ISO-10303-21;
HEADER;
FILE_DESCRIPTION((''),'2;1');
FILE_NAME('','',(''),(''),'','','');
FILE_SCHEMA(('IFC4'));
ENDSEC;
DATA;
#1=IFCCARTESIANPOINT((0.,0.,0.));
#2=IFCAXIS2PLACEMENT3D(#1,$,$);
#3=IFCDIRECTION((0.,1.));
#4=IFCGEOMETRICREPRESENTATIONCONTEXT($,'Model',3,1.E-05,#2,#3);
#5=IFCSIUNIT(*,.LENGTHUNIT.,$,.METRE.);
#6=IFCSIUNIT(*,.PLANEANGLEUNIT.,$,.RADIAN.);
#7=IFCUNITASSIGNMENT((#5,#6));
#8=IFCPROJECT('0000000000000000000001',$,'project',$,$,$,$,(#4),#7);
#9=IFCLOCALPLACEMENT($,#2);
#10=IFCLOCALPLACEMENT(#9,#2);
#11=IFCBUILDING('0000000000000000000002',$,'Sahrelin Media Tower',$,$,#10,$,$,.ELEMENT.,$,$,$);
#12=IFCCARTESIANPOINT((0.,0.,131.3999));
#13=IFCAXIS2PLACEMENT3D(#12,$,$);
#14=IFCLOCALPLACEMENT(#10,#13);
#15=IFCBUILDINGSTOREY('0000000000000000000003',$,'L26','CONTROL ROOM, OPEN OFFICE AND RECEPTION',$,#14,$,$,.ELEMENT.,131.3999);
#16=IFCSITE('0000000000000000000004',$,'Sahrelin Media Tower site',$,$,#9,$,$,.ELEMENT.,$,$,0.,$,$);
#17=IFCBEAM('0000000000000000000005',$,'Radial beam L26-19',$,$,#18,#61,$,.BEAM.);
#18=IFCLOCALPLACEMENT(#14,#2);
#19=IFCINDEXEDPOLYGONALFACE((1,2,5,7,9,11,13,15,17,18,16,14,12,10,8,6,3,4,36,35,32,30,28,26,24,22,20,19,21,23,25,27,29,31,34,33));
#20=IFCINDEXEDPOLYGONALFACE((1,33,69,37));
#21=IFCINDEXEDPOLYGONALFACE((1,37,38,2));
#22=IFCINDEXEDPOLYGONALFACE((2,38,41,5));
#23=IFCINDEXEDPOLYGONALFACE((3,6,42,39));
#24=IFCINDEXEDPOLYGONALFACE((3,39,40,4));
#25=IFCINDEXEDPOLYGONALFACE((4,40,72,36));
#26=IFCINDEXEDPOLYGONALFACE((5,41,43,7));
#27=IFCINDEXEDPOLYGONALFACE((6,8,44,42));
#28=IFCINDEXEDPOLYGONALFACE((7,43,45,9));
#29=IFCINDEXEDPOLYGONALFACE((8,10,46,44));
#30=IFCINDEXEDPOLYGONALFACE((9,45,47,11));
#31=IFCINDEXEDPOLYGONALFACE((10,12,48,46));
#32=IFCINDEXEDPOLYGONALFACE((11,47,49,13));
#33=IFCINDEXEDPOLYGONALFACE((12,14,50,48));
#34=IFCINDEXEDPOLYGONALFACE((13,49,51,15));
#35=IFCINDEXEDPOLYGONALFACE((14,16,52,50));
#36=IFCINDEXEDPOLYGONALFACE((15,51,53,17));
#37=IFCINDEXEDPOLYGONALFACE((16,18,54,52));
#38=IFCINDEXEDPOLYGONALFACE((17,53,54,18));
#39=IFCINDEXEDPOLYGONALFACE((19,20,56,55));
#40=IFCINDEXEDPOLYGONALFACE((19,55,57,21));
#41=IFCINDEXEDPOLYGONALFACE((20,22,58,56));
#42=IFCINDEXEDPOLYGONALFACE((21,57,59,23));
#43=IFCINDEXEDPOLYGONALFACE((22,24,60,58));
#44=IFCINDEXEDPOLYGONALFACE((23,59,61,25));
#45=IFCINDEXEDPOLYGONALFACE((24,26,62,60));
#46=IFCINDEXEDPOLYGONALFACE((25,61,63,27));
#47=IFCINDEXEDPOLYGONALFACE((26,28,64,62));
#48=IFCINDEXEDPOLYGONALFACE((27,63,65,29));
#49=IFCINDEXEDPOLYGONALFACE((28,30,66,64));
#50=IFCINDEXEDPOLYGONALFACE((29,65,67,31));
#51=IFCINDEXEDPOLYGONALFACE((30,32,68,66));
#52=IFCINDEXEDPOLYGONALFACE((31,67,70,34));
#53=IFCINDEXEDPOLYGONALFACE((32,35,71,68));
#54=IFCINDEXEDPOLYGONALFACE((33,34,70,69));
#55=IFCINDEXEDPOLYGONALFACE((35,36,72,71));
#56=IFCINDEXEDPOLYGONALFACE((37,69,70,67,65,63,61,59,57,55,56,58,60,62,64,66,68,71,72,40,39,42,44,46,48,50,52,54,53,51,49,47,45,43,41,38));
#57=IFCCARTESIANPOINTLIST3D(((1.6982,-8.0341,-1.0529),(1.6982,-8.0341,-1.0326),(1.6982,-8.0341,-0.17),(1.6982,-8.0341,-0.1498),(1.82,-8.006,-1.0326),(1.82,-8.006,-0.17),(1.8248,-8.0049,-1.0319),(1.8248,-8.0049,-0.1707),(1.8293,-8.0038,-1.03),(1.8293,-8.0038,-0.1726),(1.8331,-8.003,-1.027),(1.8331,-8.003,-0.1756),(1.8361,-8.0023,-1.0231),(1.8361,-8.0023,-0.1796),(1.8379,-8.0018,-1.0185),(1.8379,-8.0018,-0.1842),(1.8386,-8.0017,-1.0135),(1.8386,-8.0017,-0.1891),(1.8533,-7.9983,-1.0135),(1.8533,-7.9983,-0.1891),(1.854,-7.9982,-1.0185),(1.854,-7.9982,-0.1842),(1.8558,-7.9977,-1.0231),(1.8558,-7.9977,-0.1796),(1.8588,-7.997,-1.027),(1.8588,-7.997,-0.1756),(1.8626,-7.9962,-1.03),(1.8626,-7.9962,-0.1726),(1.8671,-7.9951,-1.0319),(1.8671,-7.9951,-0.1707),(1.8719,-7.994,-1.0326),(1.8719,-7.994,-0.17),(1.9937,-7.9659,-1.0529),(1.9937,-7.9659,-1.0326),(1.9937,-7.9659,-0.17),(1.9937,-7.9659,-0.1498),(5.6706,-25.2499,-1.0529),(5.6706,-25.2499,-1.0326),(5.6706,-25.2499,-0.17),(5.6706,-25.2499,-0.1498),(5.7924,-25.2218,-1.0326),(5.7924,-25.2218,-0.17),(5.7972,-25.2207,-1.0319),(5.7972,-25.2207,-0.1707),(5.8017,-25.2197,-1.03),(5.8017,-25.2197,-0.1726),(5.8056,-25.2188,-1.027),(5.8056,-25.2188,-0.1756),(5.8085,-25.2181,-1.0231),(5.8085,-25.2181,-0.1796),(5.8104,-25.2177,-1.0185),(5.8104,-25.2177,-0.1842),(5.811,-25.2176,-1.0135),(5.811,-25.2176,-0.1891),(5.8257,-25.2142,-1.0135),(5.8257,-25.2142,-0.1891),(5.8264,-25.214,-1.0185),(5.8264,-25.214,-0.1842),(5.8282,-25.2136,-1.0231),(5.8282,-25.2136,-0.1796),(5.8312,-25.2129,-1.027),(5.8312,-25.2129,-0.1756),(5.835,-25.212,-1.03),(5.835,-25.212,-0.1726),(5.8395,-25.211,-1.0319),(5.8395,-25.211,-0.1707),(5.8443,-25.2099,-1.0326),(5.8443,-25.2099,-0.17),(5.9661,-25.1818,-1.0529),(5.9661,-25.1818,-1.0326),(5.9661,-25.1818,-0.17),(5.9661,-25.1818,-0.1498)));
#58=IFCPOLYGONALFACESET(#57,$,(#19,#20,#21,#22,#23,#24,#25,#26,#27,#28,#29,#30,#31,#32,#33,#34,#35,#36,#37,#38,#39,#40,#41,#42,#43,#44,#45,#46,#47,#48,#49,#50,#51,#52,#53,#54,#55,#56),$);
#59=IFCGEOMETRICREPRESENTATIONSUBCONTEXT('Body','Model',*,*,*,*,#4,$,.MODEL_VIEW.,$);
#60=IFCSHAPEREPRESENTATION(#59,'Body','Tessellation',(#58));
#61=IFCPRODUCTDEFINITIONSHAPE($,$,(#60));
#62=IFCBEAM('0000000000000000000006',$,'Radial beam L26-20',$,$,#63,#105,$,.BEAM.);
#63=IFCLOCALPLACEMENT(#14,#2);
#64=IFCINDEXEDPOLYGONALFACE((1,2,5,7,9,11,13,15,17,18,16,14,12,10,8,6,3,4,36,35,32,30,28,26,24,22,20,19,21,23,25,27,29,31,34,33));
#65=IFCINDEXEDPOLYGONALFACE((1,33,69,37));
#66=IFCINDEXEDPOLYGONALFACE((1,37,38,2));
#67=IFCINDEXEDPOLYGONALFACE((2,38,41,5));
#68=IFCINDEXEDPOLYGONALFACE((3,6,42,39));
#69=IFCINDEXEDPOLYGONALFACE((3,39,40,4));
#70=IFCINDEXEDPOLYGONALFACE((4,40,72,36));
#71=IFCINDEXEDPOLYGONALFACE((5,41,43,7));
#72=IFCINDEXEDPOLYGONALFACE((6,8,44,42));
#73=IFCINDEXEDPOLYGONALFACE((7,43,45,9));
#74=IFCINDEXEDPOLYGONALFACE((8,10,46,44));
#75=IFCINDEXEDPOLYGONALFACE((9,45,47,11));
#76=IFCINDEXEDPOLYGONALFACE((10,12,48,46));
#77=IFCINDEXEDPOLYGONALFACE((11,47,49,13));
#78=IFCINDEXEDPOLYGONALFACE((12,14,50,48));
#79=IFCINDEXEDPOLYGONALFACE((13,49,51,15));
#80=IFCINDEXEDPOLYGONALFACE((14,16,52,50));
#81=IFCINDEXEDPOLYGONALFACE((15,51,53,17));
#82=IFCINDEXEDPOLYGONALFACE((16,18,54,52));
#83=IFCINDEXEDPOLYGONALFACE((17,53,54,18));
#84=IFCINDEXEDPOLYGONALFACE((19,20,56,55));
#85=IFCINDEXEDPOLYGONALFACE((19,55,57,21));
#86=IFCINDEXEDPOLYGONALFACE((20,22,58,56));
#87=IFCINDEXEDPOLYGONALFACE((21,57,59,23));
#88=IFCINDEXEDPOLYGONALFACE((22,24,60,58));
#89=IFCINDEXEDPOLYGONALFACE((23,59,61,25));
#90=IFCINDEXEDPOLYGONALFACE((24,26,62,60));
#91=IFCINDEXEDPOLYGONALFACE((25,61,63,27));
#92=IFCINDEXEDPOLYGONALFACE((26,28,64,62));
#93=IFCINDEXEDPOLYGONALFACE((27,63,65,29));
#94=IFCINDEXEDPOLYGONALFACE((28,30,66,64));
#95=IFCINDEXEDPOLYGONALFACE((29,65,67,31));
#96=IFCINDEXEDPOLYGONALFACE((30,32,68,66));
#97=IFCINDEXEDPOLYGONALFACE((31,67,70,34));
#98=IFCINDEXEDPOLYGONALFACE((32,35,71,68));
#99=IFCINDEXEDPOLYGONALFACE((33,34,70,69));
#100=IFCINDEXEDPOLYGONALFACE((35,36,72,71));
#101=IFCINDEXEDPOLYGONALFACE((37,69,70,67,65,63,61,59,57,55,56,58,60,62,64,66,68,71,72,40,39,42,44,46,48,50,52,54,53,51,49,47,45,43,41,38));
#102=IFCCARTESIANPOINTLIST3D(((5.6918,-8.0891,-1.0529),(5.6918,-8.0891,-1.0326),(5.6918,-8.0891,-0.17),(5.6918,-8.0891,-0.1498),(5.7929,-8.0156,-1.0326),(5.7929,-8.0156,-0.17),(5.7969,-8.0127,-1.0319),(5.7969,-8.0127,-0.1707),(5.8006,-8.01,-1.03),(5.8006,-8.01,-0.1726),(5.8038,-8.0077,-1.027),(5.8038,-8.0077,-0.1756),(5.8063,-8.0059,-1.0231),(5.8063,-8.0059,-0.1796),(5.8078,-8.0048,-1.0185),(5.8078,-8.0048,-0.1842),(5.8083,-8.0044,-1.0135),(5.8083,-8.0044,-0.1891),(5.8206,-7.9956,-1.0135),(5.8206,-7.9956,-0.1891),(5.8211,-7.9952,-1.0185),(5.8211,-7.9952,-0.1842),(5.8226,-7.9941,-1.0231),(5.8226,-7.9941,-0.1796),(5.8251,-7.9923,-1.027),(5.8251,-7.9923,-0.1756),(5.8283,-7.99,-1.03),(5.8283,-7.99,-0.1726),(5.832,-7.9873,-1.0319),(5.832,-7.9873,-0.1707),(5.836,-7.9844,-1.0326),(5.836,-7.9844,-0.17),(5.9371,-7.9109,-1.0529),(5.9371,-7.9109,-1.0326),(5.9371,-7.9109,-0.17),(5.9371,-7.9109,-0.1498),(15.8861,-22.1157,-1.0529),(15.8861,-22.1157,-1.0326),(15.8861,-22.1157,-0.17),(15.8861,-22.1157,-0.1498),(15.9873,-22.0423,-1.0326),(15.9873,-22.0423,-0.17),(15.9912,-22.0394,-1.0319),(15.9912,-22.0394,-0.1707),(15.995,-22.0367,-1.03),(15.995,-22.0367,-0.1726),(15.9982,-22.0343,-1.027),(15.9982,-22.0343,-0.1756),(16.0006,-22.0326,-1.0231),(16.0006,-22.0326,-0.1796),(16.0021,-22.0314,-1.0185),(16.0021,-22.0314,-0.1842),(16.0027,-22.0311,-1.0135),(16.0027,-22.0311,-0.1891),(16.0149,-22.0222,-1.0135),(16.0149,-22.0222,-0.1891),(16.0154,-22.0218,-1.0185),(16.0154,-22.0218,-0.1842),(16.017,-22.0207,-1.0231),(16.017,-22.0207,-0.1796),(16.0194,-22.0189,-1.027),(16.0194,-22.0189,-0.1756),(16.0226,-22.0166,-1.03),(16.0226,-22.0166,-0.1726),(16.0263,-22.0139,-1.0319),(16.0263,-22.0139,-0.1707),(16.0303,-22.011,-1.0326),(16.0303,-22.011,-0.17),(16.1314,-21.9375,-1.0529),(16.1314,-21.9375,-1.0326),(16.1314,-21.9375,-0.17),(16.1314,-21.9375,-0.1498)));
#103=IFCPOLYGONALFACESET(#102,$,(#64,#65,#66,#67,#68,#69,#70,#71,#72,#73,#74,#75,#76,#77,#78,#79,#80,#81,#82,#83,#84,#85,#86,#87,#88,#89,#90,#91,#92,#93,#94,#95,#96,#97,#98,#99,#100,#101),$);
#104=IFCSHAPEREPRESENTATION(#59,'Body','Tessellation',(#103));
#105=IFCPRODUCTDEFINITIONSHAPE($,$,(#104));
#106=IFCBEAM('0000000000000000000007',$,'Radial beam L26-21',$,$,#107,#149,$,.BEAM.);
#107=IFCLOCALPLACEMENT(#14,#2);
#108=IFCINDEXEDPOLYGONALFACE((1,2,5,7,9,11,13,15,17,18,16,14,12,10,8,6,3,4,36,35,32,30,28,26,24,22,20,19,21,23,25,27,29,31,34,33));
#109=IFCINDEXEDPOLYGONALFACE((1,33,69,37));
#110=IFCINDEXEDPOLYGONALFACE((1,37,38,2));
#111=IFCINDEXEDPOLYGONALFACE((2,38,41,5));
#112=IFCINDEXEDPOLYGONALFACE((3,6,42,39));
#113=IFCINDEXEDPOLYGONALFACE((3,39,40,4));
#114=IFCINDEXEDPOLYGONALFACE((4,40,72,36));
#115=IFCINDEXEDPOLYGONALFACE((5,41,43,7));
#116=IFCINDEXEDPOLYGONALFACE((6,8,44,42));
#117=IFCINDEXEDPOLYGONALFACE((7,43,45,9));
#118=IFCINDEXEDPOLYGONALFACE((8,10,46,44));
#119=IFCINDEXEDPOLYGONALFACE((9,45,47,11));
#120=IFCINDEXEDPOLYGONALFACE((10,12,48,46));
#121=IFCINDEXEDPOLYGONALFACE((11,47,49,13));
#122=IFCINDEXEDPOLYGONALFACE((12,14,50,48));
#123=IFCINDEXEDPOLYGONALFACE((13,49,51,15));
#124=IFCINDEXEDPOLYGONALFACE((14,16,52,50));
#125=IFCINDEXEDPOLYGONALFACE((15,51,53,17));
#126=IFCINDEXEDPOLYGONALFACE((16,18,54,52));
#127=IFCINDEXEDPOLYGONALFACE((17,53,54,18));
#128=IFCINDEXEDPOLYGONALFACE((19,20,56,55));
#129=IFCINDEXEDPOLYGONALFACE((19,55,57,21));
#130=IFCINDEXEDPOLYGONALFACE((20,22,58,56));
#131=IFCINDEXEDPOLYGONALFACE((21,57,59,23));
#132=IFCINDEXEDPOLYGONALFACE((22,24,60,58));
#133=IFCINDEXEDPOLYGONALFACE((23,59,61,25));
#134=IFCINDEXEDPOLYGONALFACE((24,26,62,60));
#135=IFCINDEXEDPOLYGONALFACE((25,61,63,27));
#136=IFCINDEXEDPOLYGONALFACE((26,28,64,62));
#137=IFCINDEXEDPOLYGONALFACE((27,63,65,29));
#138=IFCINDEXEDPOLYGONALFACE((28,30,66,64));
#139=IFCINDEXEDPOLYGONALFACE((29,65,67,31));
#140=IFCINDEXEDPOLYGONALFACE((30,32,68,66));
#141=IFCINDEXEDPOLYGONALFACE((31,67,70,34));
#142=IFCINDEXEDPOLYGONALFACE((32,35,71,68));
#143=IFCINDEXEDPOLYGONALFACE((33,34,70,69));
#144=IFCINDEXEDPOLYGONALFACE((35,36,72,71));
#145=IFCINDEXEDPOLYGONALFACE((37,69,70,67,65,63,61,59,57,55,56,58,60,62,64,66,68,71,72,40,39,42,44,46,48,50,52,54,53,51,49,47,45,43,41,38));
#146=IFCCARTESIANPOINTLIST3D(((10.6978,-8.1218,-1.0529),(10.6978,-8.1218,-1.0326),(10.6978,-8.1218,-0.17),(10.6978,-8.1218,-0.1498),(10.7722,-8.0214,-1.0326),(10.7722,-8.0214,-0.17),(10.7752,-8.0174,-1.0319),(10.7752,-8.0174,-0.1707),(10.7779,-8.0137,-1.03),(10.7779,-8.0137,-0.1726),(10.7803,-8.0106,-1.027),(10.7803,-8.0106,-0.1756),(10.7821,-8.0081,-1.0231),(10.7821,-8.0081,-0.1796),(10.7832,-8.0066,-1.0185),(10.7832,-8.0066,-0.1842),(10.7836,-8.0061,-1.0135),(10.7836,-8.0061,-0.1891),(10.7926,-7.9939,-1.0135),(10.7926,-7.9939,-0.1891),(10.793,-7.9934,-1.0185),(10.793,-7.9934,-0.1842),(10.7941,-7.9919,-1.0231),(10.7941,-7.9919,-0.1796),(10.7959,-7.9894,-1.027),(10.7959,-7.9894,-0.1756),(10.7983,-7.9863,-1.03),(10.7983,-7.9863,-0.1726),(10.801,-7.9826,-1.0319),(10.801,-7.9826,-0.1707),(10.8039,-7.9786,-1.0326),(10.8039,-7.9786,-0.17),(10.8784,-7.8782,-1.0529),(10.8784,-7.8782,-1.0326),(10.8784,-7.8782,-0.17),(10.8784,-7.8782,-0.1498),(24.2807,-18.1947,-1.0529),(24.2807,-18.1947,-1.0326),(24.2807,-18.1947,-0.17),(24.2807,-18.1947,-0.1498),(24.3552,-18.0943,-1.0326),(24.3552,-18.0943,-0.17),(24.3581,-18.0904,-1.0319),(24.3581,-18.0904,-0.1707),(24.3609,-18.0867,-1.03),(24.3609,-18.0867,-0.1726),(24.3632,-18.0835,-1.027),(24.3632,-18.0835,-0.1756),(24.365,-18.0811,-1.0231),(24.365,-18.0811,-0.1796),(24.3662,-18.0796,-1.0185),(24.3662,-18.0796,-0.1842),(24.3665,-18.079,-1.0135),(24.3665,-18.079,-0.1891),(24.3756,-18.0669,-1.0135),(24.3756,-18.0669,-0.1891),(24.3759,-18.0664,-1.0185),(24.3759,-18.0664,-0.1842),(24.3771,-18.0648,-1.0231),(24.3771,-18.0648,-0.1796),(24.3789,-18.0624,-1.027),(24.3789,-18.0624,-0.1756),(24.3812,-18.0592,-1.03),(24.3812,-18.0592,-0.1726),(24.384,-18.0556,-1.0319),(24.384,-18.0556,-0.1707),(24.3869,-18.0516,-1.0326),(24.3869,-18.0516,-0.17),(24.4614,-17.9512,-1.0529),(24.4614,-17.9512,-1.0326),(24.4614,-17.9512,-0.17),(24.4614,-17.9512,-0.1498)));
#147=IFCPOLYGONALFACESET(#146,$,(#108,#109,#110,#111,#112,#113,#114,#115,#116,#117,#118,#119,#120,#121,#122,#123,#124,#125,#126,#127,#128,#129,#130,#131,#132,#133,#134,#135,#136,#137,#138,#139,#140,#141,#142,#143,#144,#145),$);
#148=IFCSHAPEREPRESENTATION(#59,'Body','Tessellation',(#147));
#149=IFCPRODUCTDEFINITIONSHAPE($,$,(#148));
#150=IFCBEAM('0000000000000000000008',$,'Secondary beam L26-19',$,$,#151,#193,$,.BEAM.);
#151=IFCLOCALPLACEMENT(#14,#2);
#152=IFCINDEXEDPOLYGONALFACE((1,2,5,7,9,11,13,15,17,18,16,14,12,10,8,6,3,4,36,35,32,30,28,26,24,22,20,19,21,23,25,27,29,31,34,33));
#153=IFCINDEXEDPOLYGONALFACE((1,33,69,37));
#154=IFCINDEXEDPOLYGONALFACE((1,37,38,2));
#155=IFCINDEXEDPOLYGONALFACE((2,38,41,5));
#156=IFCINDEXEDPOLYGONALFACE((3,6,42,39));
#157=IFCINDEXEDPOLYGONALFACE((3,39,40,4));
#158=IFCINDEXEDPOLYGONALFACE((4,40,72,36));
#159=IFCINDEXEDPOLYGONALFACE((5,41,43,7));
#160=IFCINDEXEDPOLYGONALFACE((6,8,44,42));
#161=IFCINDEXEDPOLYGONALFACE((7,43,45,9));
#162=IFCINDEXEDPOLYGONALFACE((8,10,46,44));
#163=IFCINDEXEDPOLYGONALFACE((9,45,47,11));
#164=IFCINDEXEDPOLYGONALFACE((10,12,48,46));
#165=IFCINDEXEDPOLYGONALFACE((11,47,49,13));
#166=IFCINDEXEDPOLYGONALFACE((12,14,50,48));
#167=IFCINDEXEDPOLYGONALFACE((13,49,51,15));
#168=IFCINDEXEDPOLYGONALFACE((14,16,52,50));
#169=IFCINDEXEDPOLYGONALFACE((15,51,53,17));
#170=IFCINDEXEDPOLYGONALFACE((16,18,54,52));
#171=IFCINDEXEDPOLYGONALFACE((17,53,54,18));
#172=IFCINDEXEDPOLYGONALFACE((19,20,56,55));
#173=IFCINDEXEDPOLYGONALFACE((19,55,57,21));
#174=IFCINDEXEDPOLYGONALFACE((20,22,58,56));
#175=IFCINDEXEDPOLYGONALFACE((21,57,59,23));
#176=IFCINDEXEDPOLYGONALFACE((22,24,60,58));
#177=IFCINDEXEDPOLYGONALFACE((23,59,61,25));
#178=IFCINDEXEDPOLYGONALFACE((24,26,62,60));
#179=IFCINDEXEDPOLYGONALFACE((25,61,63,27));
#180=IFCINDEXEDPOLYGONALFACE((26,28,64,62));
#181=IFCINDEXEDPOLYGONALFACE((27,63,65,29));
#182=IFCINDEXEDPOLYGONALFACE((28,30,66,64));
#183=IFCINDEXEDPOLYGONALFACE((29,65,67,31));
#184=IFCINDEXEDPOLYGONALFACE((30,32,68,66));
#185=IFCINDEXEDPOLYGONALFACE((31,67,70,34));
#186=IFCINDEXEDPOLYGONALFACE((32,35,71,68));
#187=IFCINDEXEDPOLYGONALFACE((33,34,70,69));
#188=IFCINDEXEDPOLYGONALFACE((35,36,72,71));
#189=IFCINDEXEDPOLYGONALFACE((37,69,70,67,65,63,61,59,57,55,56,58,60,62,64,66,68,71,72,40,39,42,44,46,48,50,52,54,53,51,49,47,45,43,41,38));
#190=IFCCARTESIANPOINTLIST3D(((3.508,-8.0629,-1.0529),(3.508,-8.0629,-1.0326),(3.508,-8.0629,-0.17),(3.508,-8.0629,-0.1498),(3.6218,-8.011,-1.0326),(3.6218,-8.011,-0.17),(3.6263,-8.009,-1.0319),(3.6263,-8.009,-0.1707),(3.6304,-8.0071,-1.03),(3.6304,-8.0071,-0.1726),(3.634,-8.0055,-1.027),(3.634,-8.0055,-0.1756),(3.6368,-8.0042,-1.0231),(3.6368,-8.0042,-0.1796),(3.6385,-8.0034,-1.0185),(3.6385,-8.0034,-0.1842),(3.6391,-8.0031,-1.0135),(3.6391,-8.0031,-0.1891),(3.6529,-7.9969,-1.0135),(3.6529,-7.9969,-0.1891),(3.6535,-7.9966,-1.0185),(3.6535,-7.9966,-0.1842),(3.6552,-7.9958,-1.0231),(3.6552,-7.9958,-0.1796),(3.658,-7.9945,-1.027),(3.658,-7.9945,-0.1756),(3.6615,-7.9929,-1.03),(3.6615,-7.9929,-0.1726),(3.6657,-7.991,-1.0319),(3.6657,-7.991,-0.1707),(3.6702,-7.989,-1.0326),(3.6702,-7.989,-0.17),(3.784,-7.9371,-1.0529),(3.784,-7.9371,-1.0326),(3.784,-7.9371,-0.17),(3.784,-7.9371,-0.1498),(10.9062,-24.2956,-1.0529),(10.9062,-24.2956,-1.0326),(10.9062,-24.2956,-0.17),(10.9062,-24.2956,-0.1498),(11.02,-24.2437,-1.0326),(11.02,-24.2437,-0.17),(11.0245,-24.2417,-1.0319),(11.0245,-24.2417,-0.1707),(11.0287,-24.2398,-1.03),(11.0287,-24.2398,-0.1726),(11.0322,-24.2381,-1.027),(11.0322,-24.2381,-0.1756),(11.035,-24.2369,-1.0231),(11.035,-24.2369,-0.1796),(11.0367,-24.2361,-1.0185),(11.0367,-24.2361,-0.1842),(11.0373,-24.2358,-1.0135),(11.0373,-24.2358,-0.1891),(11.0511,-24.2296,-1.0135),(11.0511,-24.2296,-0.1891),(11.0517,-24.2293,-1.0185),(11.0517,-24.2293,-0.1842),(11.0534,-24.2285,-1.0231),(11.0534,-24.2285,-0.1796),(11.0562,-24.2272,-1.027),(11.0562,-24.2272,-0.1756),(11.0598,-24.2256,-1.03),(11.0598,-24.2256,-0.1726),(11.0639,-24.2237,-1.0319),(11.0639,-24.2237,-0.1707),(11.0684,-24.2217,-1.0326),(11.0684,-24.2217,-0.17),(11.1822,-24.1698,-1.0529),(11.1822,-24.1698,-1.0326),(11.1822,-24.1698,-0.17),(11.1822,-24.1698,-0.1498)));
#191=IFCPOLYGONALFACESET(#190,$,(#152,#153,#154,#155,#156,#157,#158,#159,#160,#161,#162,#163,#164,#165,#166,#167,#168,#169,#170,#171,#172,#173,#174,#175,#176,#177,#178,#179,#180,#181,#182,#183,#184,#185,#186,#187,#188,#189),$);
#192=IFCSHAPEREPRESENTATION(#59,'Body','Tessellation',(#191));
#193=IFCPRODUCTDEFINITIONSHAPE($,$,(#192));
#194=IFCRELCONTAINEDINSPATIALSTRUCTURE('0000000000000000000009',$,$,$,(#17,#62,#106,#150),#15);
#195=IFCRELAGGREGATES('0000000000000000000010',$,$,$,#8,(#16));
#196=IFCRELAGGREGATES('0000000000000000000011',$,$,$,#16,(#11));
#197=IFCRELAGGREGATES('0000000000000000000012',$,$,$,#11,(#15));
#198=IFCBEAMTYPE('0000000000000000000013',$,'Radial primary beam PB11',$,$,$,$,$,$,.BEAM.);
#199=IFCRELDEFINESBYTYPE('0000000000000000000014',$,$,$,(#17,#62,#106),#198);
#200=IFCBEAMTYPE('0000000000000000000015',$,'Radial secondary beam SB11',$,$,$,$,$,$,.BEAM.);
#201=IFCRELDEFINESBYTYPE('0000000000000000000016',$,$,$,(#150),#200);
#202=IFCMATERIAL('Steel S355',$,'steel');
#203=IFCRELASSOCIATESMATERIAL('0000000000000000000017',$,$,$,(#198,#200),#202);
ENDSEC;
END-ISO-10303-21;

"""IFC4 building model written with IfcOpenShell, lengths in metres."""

from ifc_helpers import new_model, si_unit, direction, frame, origin, origin_2d, place, context, subcontext, project, spatial, i_section, extrude, material, material_profile, profile_set, type_object, element, save


model = new_model("IFC4")

# Units and contexts
model_context = context("Model", 3, precision=1e-05, world=origin(), true_north=direction((0.0, 1.0)))
body_context = subcontext(model_context, "Body", "Model", "MODEL_VIEW")
ifc_project = project(units=[si_unit("LENGTHUNIT", "METRE"), si_unit("PLANEANGLEUNIT", "RADIAN")], contexts=[model_context])

# Site, building, storey
site_placement = place(None, origin())
site = spatial("IfcSite", under=ifc_project, at=site_placement, Name="Sahrelin Media Tower site", CompositionType="ELEMENT", RefElevation=0.0)
building_placement = place(site_placement, origin())
building = spatial("IfcBuilding", under=site, at=building_placement, Name="Sahrelin Media Tower", CompositionType="ELEMENT")
storey_placement = place(building_placement, frame((0.0, 0.0, 131.3999)))
storey = spatial("IfcBuildingStorey", under=building, at=storey_placement, Name="L26", Description="CONTROL ROOM, OPEN OFFICE AND RECEPTION", CompositionType="ELEMENT", Elevation=131.3999)

# Shared definitions
ifc_material_1 = material(Name="Steel S355", Category="steel")

# Beams
ifc_material_profile_1 = material_profile(ifc_material_1, i_section(OverallWidth=0.3032, OverallDepth=0.9031, WebThickness=0.0151, FlangeThickness=0.0203, FilletRadius=0.019, at=origin_2d()), Name="UB 914x305x201")
ifc_profile_set_1 = profile_set([ifc_material_profile_1], Name="Steel S355")
beam_type_1 = type_object("IfcBeamType", Name="Radial primary beam PB11", PredefinedType="BEAM", material=ifc_profile_set_1)
beam_1_placement = place(storey_placement, frame((1.8459, -8.0, -0.6013), z_axis=(0.224834, -0.974397, 0.0), x_axis=(0.974397, 0.224834, 0.0)))
element("IfcBeam", 1, at=beam_1_placement, inside=storey, type_object=beam_type_1, Name="Radial beam L26-19", PredefinedType="BEAM", context=body_context, shape_type="SweptSolid", body=[
    extrude(i_section(OverallWidth=0.3032, OverallDepth=0.9031, WebThickness=0.0151, FlangeThickness=0.0203, FilletRadius=0.019, at=origin_2d()), origin(), (0.0, 0.0, 1.0), 17.6682),
])
beam_2_placement = place(storey_placement, frame((5.8145, -8.0, -0.6013), z_axis=(0.587914, -0.808924, 0.0), x_axis=(0.808924, 0.587914, 0.0)))
element("IfcBeam", 2, at=beam_2_placement, inside=storey, type_object=beam_type_1, Name="Radial beam L26-20", PredefinedType="BEAM", context=body_context, shape_type="SweptSolid", body=[
    extrude(i_section(OverallWidth=0.3032, OverallDepth=0.9031, WebThickness=0.0151, FlangeThickness=0.0203, FilletRadius=0.019, at=origin_2d()), origin(), (0.0, 0.0, 1.0), 17.3398),
])
beam_3_placement = place(storey_placement, frame((10.7881, -8.0, -0.6013), z_axis=(0.803231, -0.595667, 0.0), x_axis=(0.595667, 0.803231, 0.0)))
element("IfcBeam", 3, at=beam_3_placement, inside=storey, type_object=beam_type_1, Name="Radial beam L26-21", PredefinedType="BEAM", context=body_context, shape_type="SweptSolid", body=[
    extrude(i_section(OverallWidth=0.3032, OverallDepth=0.9031, WebThickness=0.0151, FlangeThickness=0.0203, FilletRadius=0.019, at=origin_2d()), origin(), (0.0, 0.0, 1.0), 16.9104),
])
ifc_material_profile_2 = material_profile(ifc_material_1, i_section(OverallWidth=0.3032, OverallDepth=0.9031, WebThickness=0.0151, FlangeThickness=0.0203, FilletRadius=0.019, at=origin_2d()), Name="UB 914x305x201")
ifc_profile_set_2 = profile_set([ifc_material_profile_2], Name="Steel S355")
beam_type_2 = type_object("IfcBeamType", Name="Radial secondary beam SB11", PredefinedType="BEAM", material=ifc_profile_set_2)
beam_4_placement = place(storey_placement, frame((3.646, -8.0, -0.6013), z_axis=(0.414718, -0.90995, 0.0), x_axis=(0.90995, 0.414718, 0.0)))
element("IfcBeam", 4, at=beam_4_placement, inside=storey, type_object=beam_type_2, Name="Secondary beam L26-19", PredefinedType="BEAM", context=body_context, shape_type="SweptSolid", body=[
    extrude(i_section(OverallWidth=0.3032, OverallDepth=0.9031, WebThickness=0.0151, FlangeThickness=0.0203, FilletRadius=0.019, at=origin_2d()), origin(), (0.0, 0.0, 1.0), 17.8391),
])

save(model, "model.ifc")
